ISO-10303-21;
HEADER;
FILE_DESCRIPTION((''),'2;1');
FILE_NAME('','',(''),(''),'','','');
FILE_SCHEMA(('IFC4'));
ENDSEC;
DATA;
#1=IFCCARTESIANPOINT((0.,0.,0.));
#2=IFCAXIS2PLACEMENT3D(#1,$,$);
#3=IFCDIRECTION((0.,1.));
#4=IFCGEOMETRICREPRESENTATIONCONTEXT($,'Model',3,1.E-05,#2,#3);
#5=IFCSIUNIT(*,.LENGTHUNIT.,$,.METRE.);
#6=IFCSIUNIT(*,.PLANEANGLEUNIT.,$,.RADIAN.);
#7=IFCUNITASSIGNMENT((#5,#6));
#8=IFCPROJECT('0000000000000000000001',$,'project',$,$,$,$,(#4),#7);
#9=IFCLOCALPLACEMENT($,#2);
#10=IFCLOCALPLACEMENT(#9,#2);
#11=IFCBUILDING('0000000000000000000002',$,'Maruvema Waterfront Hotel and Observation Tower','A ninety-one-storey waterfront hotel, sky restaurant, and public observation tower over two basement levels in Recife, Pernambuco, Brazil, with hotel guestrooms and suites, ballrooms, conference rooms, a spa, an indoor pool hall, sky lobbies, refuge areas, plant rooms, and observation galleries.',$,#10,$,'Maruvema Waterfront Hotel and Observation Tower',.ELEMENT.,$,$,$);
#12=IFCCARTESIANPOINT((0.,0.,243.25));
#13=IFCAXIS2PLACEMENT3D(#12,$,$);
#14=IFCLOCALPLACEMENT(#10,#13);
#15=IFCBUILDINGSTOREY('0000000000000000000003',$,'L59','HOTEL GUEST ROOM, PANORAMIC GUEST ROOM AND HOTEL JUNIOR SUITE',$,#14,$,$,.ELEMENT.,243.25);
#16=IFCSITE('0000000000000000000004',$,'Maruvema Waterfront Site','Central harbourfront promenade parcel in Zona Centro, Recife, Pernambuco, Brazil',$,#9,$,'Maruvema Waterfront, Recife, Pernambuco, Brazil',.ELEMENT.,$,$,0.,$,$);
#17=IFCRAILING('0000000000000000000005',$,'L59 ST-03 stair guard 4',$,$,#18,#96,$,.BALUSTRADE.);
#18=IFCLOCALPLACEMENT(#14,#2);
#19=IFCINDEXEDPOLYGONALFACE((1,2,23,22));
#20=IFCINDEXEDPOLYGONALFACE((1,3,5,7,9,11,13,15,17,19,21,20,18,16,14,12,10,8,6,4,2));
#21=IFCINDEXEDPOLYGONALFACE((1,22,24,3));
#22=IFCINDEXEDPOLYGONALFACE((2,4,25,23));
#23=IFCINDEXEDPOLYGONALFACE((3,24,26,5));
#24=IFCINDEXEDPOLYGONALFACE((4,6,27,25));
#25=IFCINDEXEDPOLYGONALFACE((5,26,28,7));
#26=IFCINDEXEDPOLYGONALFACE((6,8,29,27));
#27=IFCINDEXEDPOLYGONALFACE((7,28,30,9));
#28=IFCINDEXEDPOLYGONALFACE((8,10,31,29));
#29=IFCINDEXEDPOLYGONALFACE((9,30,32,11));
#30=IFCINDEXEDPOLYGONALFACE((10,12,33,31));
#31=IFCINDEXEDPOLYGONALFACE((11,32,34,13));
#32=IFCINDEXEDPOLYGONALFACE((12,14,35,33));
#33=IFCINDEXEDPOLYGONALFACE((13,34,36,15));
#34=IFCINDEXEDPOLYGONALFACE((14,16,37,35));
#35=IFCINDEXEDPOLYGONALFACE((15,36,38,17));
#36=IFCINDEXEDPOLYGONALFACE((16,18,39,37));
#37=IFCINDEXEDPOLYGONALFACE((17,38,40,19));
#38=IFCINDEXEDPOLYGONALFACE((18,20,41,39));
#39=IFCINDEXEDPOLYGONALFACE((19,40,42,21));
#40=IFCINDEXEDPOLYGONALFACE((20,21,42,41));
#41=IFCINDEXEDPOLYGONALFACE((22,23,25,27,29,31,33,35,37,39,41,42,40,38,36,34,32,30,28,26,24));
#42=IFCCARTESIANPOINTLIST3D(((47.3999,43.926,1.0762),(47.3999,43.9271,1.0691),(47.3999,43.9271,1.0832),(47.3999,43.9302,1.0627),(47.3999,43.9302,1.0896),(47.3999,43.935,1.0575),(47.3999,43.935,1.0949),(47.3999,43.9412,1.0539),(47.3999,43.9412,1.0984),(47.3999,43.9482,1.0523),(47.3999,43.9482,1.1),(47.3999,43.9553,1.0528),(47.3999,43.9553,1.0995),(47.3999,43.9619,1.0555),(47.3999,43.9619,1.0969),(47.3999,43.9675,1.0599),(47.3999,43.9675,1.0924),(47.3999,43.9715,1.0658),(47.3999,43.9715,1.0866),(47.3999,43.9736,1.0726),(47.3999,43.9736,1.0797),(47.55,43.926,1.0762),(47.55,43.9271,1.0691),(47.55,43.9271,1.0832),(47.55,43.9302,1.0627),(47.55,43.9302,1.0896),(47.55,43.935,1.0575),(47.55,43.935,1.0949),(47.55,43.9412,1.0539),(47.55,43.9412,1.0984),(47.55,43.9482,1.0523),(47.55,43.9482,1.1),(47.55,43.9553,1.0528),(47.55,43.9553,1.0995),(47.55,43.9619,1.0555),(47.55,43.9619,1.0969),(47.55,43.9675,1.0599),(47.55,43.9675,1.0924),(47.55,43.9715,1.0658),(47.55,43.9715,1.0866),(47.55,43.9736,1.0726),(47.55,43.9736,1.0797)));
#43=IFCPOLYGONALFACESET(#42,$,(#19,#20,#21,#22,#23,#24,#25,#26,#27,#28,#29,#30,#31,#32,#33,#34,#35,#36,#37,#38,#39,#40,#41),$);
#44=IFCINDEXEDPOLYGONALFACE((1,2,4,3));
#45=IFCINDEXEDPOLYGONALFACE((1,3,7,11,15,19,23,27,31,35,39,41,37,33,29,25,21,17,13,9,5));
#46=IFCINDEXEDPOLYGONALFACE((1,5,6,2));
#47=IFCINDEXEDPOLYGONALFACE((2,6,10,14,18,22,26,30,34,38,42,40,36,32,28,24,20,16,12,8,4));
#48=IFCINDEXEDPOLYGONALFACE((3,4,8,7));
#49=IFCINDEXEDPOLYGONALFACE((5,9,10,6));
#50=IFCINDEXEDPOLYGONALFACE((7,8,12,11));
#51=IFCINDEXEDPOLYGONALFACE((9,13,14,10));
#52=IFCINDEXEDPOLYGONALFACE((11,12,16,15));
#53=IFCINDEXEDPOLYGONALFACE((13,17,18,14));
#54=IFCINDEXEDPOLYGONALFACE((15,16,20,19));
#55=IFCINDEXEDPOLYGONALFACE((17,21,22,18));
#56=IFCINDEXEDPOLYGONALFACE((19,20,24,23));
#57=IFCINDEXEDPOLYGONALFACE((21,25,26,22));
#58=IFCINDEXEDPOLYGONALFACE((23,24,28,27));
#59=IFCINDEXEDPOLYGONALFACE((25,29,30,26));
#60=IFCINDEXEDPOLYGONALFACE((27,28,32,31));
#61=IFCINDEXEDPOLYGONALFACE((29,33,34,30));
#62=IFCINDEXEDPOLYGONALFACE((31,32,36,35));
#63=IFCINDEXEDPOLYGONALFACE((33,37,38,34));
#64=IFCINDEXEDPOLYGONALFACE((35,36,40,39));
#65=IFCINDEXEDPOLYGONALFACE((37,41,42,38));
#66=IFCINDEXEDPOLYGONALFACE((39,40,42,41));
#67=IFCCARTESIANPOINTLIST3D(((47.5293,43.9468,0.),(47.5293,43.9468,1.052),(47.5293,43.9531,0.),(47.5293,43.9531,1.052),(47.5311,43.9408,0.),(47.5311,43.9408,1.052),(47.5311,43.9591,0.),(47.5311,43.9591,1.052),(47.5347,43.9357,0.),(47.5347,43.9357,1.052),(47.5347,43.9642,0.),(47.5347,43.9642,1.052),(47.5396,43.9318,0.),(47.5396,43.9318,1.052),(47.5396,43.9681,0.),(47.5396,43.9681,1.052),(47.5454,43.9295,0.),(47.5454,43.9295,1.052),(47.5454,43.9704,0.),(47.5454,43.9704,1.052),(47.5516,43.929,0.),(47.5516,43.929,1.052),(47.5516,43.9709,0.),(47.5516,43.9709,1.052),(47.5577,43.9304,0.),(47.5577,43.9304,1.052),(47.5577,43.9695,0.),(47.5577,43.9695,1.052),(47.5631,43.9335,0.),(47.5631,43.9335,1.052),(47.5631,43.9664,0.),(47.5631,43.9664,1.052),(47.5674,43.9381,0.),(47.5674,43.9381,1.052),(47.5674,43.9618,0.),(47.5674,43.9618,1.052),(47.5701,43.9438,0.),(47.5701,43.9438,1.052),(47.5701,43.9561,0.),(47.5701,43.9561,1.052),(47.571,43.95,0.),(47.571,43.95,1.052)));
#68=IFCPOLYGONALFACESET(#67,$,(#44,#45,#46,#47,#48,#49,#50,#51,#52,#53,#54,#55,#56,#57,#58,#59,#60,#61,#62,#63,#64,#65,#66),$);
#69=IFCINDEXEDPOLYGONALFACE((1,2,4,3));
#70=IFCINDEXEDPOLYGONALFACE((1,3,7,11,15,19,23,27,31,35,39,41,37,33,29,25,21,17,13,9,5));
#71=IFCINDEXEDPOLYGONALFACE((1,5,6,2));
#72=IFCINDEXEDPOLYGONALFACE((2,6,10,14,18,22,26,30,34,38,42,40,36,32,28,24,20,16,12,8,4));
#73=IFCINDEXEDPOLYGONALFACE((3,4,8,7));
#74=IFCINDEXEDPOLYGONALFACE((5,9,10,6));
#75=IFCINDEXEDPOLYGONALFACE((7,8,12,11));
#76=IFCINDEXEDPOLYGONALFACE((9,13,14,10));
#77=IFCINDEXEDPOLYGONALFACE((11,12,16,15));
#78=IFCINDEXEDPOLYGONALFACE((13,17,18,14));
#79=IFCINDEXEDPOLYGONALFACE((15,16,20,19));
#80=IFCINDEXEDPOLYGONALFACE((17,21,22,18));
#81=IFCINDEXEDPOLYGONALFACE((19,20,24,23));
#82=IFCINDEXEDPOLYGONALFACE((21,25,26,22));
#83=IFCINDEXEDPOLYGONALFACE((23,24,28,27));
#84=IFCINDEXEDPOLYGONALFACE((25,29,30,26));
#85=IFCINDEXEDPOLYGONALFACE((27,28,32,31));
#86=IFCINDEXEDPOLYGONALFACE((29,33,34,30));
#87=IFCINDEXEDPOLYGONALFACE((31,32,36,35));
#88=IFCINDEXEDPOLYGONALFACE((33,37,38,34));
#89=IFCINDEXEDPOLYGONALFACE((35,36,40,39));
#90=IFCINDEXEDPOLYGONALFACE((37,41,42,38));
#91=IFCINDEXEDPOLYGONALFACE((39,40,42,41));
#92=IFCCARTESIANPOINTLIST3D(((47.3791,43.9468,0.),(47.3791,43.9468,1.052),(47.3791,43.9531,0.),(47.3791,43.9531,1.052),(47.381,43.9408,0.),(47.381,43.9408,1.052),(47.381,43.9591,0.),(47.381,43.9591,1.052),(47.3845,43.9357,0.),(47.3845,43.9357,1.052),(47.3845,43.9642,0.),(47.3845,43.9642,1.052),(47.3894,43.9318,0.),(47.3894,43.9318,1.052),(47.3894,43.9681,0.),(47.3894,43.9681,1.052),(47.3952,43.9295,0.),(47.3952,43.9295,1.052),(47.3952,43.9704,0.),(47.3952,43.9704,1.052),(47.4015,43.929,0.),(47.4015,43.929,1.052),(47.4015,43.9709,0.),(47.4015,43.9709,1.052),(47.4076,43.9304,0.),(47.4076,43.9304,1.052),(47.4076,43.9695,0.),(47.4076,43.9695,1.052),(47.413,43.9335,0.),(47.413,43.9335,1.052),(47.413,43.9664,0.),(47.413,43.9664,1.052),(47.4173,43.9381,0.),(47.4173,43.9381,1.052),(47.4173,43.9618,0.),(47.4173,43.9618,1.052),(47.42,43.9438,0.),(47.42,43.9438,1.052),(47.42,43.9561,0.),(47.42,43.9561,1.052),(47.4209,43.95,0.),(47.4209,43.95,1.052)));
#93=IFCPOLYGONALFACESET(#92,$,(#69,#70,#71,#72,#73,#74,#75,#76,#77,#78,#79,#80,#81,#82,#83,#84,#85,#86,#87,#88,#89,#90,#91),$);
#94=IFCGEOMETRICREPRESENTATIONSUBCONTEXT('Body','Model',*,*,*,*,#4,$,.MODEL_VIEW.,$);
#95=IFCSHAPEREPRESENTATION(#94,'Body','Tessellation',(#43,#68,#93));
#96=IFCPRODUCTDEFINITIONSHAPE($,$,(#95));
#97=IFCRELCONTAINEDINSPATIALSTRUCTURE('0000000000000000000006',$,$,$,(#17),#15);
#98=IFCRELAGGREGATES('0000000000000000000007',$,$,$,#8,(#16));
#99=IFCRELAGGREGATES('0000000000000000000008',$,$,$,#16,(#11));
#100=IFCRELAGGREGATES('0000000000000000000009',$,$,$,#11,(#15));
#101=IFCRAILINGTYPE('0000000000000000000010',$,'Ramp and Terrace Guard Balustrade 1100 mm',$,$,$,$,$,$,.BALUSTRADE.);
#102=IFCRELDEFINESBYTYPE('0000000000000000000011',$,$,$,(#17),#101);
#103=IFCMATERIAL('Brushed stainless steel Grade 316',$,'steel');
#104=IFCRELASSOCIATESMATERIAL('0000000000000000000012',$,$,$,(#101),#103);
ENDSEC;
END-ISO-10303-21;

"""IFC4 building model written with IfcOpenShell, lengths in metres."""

from ifc_helpers import new_model, si_unit, direction, frame, origin, origin_2d, place, context, subcontext, project, spatial, circle, extrude, material, type_object, element, save


model = new_model("IFC4")

# Units and contexts
model_context = context("Model", 3, precision=1e-05, world=origin(), true_north=direction((0.0, 1.0)))
body_context = subcontext(model_context, "Body", "Model", "MODEL_VIEW")
ifc_project = project(units=[si_unit("LENGTHUNIT", "METRE"), si_unit("PLANEANGLEUNIT", "RADIAN")], contexts=[model_context])

# Site, building, storey
site_placement = place(None, origin())
site = spatial("IfcSite", under=ifc_project, at=site_placement, Name="Maruvema Waterfront Site", Description="Central harbourfront promenade parcel in Zona Centro, Recife, Pernambuco, Brazil", LongName="Maruvema Waterfront, Recife, Pernambuco, Brazil", CompositionType="ELEMENT", RefElevation=0.0)
building_placement = place(site_placement, origin())
building = spatial("IfcBuilding", under=site, at=building_placement, Name="Maruvema Waterfront Hotel and Observation Tower", Description="A ninety-one-storey waterfront hotel, sky restaurant, and public observation tower over two basement levels in Recife, Pernambuco, Brazil, with hotel guestrooms and suites, ballrooms, conference rooms, a spa, an indoor pool hall, sky lobbies, refuge areas, plant rooms, and observation galleries.", LongName="Maruvema Waterfront Hotel and Observation Tower", CompositionType="ELEMENT")
storey_placement = place(building_placement, frame((0.0, 0.0, 243.25)))
storey = spatial("IfcBuildingStorey", under=building, at=storey_placement, Name="L59", Description="HOTEL GUEST ROOM, PANORAMIC GUEST ROOM AND HOTEL JUNIOR SUITE", CompositionType="ELEMENT", Elevation=243.25)

# Railing
ifc_material_1 = material(Name="Brushed stainless steel Grade 316", Category="steel")
railing_type = type_object("IfcRailingType", Name="Ramp and Terrace Guard Balustrade 1100 mm", PredefinedType="BALUSTRADE", material=ifc_material_1)
railing_placement = place(storey_placement, frame((47.55, 43.95, 0.0)))
element("IfcRailing", 1, at=railing_placement, inside=storey, type_object=railing_type, Name="L59 ST-03 stair guard 4", PredefinedType="BALUSTRADE", context=body_context, shape_type="SweptSolid", body=[
    extrude(circle(Radius=0.0239, at=origin_2d()), frame((0.0, 0.0, 1.0762), z_axis=(-1.0, 0.0, 0.0), x_axis=(0.0, -1.0, 0.0)), (0.0, 0.0, 1.0), 0.1501),
    extrude(circle(Radius=0.021, at=origin_2d()), origin(), (0.0, 0.0, 1.0), 1.052),
    extrude(circle(Radius=0.021, at=origin_2d()), frame((-0.1501, 0.0, 0.0)), (0.0, 0.0, 1.0), 1.052),
])

save(model, "model.ifc")
